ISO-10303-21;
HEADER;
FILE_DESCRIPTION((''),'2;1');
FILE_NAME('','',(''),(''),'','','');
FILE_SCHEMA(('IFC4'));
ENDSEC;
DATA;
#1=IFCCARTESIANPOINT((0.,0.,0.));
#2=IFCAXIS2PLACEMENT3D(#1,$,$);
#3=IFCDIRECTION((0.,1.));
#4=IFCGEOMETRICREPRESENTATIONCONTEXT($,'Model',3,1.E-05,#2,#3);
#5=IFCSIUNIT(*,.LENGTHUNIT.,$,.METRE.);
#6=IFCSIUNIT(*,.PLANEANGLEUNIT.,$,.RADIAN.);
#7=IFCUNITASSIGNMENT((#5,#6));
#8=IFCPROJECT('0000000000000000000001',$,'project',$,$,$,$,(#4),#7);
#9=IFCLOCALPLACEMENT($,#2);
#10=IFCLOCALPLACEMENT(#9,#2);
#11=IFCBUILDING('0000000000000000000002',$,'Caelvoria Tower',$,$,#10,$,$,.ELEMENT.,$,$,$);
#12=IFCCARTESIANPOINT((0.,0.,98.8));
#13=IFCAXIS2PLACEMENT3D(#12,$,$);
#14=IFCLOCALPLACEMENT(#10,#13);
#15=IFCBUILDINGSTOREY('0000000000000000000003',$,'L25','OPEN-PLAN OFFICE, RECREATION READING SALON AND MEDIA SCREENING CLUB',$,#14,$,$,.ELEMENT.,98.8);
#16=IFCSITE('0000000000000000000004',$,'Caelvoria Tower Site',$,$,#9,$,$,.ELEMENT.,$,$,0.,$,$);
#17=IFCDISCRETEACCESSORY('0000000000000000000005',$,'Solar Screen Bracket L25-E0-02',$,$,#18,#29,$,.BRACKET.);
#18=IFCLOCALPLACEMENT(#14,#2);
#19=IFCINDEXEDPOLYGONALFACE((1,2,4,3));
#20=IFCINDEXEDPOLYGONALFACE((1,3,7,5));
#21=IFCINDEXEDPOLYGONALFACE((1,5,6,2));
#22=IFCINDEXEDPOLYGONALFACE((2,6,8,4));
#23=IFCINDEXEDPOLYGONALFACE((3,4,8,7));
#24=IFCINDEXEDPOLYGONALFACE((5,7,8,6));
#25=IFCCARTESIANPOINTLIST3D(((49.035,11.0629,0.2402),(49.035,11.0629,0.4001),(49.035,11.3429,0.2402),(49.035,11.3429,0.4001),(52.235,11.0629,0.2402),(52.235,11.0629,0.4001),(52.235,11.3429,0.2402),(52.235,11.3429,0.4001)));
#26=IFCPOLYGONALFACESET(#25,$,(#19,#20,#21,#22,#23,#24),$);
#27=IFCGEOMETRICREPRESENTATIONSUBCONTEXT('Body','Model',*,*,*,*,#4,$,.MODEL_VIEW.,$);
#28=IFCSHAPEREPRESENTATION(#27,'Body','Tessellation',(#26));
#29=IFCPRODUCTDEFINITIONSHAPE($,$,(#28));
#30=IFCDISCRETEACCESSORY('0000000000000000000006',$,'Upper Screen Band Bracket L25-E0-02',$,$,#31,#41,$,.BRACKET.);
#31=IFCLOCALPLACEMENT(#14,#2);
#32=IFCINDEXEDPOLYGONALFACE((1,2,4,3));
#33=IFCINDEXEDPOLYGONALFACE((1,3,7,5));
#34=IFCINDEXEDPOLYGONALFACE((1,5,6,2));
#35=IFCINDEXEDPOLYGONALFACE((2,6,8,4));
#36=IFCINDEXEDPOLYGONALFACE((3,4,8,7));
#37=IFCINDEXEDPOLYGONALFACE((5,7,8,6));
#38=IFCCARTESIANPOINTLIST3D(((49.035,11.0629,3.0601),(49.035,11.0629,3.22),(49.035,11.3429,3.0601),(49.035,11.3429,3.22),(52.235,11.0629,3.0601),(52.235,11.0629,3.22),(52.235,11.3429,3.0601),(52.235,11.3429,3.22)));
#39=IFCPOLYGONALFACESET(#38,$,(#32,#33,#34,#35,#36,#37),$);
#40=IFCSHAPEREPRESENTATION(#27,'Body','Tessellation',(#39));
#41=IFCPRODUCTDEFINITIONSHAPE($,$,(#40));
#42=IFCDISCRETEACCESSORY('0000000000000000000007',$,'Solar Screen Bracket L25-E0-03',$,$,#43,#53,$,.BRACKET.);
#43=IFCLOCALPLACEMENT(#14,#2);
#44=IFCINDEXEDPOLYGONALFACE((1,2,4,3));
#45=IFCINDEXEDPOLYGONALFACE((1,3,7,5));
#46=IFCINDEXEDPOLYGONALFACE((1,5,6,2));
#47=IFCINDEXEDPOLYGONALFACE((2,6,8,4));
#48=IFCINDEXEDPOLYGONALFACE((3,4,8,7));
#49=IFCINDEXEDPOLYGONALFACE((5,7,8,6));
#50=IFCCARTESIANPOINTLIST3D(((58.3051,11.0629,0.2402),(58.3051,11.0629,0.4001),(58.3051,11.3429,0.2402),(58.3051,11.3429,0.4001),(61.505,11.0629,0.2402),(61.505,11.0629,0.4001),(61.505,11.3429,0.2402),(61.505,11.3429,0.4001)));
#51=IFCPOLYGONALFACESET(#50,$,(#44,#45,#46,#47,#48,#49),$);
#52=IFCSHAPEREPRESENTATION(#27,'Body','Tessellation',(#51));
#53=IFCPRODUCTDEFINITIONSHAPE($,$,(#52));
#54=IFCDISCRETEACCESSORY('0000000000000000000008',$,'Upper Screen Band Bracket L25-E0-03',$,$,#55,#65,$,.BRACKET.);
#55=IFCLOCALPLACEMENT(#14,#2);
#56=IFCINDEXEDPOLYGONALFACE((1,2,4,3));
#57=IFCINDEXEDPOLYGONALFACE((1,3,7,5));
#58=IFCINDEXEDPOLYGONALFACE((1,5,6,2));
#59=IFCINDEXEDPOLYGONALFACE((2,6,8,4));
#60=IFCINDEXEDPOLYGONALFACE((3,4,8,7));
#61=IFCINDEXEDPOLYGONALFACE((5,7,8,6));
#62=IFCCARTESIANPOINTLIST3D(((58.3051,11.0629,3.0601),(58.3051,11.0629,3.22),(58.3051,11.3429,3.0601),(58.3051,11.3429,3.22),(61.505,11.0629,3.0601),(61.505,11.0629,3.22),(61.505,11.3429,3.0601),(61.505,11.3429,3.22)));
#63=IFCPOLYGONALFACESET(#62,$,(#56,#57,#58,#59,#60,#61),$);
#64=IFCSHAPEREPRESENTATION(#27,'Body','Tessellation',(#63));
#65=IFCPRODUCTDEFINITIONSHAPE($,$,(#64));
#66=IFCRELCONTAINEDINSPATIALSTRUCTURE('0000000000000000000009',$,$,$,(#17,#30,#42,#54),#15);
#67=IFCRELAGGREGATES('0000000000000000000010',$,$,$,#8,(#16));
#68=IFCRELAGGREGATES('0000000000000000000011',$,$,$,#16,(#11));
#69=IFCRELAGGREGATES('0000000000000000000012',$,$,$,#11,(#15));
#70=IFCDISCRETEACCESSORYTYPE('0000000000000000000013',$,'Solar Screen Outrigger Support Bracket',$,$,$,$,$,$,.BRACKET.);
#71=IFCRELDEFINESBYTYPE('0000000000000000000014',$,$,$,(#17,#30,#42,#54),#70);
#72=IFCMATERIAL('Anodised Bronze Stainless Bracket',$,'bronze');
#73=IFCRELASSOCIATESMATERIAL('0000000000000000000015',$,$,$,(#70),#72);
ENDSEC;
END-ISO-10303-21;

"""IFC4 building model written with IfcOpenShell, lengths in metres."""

from ifc_helpers import new_model, si_unit, direction, frame, origin, origin_2d, place, context, subcontext, project, spatial, rectangle, extrude, material, type_object, element, save


model = new_model("IFC4")

# Units and contexts
model_context = context("Model", 3, precision=1e-05, world=origin(), true_north=direction((0.0, 1.0)))
body_context = subcontext(model_context, "Body", "Model", "MODEL_VIEW")
ifc_project = project(units=[si_unit("LENGTHUNIT", "METRE"), si_unit("PLANEANGLEUNIT", "RADIAN")], contexts=[model_context])

# Site, building, storey
site_placement = place(None, origin())
site = spatial("IfcSite", under=ifc_project, at=site_placement, Name="Caelvoria Tower Site", CompositionType="ELEMENT", RefElevation=0.0)
building_placement = place(site_placement, origin())
building = spatial("IfcBuilding", under=site, at=building_placement, Name="Caelvoria Tower", CompositionType="ELEMENT")
storey_placement = place(building_placement, frame((0.0, 0.0, 98.8)))
storey = spatial("IfcBuildingStorey", under=building, at=storey_placement, Name="L25", Description="OPEN-PLAN OFFICE, RECREATION READING SALON AND MEDIA SCREENING CLUB", CompositionType="ELEMENT", Elevation=98.8)

# Discrete accessories
ifc_material_1 = material(Name="Anodised Bronze Stainless Bracket", Category="bronze")
discrete_accessory_type = type_object("IfcDiscreteAccessoryType", Name="Solar Screen Outrigger Support Bracket", PredefinedType="BRACKET", material=ifc_material_1)
for number, where, z_axis, x_axis, name in (
    (1, (50.635, 11.2029, 0.2402), (0.0, 0.0, 1.0), (1.0, 0.0, 0.0), "Solar Screen Bracket L25-E0-02"),
    (2, (50.635, 11.2029, 3.0601), (0.0, 0.0, 1.0), (1.0, 0.0, 0.0), "Upper Screen Band Bracket L25-E0-02"),
    (3, (59.905, 11.2029, 0.2402), (0.0, 0.0, 1.0), (1.0, 0.0, 0.0), "Solar Screen Bracket L25-E0-03"),
    (4, (59.905, 11.2029, 3.0601), (0.0, 0.0, 1.0), (1.0, 0.0, 0.0), "Upper Screen Band Bracket L25-E0-03"),
):
    element("IfcDiscreteAccessory", number, at=place(storey_placement, frame(where, z_axis=z_axis, x_axis=x_axis)), inside=storey, type_object=discrete_accessory_type, Name=name, PredefinedType="BRACKET", context=body_context, shape_type="SweptSolid", body=[
        extrude(rectangle(XDim=3.2, YDim=0.28, at=origin_2d()), origin(), (0.0, 0.0, 1.0), 0.1599),
    ])

save(model, "model.ifc")
